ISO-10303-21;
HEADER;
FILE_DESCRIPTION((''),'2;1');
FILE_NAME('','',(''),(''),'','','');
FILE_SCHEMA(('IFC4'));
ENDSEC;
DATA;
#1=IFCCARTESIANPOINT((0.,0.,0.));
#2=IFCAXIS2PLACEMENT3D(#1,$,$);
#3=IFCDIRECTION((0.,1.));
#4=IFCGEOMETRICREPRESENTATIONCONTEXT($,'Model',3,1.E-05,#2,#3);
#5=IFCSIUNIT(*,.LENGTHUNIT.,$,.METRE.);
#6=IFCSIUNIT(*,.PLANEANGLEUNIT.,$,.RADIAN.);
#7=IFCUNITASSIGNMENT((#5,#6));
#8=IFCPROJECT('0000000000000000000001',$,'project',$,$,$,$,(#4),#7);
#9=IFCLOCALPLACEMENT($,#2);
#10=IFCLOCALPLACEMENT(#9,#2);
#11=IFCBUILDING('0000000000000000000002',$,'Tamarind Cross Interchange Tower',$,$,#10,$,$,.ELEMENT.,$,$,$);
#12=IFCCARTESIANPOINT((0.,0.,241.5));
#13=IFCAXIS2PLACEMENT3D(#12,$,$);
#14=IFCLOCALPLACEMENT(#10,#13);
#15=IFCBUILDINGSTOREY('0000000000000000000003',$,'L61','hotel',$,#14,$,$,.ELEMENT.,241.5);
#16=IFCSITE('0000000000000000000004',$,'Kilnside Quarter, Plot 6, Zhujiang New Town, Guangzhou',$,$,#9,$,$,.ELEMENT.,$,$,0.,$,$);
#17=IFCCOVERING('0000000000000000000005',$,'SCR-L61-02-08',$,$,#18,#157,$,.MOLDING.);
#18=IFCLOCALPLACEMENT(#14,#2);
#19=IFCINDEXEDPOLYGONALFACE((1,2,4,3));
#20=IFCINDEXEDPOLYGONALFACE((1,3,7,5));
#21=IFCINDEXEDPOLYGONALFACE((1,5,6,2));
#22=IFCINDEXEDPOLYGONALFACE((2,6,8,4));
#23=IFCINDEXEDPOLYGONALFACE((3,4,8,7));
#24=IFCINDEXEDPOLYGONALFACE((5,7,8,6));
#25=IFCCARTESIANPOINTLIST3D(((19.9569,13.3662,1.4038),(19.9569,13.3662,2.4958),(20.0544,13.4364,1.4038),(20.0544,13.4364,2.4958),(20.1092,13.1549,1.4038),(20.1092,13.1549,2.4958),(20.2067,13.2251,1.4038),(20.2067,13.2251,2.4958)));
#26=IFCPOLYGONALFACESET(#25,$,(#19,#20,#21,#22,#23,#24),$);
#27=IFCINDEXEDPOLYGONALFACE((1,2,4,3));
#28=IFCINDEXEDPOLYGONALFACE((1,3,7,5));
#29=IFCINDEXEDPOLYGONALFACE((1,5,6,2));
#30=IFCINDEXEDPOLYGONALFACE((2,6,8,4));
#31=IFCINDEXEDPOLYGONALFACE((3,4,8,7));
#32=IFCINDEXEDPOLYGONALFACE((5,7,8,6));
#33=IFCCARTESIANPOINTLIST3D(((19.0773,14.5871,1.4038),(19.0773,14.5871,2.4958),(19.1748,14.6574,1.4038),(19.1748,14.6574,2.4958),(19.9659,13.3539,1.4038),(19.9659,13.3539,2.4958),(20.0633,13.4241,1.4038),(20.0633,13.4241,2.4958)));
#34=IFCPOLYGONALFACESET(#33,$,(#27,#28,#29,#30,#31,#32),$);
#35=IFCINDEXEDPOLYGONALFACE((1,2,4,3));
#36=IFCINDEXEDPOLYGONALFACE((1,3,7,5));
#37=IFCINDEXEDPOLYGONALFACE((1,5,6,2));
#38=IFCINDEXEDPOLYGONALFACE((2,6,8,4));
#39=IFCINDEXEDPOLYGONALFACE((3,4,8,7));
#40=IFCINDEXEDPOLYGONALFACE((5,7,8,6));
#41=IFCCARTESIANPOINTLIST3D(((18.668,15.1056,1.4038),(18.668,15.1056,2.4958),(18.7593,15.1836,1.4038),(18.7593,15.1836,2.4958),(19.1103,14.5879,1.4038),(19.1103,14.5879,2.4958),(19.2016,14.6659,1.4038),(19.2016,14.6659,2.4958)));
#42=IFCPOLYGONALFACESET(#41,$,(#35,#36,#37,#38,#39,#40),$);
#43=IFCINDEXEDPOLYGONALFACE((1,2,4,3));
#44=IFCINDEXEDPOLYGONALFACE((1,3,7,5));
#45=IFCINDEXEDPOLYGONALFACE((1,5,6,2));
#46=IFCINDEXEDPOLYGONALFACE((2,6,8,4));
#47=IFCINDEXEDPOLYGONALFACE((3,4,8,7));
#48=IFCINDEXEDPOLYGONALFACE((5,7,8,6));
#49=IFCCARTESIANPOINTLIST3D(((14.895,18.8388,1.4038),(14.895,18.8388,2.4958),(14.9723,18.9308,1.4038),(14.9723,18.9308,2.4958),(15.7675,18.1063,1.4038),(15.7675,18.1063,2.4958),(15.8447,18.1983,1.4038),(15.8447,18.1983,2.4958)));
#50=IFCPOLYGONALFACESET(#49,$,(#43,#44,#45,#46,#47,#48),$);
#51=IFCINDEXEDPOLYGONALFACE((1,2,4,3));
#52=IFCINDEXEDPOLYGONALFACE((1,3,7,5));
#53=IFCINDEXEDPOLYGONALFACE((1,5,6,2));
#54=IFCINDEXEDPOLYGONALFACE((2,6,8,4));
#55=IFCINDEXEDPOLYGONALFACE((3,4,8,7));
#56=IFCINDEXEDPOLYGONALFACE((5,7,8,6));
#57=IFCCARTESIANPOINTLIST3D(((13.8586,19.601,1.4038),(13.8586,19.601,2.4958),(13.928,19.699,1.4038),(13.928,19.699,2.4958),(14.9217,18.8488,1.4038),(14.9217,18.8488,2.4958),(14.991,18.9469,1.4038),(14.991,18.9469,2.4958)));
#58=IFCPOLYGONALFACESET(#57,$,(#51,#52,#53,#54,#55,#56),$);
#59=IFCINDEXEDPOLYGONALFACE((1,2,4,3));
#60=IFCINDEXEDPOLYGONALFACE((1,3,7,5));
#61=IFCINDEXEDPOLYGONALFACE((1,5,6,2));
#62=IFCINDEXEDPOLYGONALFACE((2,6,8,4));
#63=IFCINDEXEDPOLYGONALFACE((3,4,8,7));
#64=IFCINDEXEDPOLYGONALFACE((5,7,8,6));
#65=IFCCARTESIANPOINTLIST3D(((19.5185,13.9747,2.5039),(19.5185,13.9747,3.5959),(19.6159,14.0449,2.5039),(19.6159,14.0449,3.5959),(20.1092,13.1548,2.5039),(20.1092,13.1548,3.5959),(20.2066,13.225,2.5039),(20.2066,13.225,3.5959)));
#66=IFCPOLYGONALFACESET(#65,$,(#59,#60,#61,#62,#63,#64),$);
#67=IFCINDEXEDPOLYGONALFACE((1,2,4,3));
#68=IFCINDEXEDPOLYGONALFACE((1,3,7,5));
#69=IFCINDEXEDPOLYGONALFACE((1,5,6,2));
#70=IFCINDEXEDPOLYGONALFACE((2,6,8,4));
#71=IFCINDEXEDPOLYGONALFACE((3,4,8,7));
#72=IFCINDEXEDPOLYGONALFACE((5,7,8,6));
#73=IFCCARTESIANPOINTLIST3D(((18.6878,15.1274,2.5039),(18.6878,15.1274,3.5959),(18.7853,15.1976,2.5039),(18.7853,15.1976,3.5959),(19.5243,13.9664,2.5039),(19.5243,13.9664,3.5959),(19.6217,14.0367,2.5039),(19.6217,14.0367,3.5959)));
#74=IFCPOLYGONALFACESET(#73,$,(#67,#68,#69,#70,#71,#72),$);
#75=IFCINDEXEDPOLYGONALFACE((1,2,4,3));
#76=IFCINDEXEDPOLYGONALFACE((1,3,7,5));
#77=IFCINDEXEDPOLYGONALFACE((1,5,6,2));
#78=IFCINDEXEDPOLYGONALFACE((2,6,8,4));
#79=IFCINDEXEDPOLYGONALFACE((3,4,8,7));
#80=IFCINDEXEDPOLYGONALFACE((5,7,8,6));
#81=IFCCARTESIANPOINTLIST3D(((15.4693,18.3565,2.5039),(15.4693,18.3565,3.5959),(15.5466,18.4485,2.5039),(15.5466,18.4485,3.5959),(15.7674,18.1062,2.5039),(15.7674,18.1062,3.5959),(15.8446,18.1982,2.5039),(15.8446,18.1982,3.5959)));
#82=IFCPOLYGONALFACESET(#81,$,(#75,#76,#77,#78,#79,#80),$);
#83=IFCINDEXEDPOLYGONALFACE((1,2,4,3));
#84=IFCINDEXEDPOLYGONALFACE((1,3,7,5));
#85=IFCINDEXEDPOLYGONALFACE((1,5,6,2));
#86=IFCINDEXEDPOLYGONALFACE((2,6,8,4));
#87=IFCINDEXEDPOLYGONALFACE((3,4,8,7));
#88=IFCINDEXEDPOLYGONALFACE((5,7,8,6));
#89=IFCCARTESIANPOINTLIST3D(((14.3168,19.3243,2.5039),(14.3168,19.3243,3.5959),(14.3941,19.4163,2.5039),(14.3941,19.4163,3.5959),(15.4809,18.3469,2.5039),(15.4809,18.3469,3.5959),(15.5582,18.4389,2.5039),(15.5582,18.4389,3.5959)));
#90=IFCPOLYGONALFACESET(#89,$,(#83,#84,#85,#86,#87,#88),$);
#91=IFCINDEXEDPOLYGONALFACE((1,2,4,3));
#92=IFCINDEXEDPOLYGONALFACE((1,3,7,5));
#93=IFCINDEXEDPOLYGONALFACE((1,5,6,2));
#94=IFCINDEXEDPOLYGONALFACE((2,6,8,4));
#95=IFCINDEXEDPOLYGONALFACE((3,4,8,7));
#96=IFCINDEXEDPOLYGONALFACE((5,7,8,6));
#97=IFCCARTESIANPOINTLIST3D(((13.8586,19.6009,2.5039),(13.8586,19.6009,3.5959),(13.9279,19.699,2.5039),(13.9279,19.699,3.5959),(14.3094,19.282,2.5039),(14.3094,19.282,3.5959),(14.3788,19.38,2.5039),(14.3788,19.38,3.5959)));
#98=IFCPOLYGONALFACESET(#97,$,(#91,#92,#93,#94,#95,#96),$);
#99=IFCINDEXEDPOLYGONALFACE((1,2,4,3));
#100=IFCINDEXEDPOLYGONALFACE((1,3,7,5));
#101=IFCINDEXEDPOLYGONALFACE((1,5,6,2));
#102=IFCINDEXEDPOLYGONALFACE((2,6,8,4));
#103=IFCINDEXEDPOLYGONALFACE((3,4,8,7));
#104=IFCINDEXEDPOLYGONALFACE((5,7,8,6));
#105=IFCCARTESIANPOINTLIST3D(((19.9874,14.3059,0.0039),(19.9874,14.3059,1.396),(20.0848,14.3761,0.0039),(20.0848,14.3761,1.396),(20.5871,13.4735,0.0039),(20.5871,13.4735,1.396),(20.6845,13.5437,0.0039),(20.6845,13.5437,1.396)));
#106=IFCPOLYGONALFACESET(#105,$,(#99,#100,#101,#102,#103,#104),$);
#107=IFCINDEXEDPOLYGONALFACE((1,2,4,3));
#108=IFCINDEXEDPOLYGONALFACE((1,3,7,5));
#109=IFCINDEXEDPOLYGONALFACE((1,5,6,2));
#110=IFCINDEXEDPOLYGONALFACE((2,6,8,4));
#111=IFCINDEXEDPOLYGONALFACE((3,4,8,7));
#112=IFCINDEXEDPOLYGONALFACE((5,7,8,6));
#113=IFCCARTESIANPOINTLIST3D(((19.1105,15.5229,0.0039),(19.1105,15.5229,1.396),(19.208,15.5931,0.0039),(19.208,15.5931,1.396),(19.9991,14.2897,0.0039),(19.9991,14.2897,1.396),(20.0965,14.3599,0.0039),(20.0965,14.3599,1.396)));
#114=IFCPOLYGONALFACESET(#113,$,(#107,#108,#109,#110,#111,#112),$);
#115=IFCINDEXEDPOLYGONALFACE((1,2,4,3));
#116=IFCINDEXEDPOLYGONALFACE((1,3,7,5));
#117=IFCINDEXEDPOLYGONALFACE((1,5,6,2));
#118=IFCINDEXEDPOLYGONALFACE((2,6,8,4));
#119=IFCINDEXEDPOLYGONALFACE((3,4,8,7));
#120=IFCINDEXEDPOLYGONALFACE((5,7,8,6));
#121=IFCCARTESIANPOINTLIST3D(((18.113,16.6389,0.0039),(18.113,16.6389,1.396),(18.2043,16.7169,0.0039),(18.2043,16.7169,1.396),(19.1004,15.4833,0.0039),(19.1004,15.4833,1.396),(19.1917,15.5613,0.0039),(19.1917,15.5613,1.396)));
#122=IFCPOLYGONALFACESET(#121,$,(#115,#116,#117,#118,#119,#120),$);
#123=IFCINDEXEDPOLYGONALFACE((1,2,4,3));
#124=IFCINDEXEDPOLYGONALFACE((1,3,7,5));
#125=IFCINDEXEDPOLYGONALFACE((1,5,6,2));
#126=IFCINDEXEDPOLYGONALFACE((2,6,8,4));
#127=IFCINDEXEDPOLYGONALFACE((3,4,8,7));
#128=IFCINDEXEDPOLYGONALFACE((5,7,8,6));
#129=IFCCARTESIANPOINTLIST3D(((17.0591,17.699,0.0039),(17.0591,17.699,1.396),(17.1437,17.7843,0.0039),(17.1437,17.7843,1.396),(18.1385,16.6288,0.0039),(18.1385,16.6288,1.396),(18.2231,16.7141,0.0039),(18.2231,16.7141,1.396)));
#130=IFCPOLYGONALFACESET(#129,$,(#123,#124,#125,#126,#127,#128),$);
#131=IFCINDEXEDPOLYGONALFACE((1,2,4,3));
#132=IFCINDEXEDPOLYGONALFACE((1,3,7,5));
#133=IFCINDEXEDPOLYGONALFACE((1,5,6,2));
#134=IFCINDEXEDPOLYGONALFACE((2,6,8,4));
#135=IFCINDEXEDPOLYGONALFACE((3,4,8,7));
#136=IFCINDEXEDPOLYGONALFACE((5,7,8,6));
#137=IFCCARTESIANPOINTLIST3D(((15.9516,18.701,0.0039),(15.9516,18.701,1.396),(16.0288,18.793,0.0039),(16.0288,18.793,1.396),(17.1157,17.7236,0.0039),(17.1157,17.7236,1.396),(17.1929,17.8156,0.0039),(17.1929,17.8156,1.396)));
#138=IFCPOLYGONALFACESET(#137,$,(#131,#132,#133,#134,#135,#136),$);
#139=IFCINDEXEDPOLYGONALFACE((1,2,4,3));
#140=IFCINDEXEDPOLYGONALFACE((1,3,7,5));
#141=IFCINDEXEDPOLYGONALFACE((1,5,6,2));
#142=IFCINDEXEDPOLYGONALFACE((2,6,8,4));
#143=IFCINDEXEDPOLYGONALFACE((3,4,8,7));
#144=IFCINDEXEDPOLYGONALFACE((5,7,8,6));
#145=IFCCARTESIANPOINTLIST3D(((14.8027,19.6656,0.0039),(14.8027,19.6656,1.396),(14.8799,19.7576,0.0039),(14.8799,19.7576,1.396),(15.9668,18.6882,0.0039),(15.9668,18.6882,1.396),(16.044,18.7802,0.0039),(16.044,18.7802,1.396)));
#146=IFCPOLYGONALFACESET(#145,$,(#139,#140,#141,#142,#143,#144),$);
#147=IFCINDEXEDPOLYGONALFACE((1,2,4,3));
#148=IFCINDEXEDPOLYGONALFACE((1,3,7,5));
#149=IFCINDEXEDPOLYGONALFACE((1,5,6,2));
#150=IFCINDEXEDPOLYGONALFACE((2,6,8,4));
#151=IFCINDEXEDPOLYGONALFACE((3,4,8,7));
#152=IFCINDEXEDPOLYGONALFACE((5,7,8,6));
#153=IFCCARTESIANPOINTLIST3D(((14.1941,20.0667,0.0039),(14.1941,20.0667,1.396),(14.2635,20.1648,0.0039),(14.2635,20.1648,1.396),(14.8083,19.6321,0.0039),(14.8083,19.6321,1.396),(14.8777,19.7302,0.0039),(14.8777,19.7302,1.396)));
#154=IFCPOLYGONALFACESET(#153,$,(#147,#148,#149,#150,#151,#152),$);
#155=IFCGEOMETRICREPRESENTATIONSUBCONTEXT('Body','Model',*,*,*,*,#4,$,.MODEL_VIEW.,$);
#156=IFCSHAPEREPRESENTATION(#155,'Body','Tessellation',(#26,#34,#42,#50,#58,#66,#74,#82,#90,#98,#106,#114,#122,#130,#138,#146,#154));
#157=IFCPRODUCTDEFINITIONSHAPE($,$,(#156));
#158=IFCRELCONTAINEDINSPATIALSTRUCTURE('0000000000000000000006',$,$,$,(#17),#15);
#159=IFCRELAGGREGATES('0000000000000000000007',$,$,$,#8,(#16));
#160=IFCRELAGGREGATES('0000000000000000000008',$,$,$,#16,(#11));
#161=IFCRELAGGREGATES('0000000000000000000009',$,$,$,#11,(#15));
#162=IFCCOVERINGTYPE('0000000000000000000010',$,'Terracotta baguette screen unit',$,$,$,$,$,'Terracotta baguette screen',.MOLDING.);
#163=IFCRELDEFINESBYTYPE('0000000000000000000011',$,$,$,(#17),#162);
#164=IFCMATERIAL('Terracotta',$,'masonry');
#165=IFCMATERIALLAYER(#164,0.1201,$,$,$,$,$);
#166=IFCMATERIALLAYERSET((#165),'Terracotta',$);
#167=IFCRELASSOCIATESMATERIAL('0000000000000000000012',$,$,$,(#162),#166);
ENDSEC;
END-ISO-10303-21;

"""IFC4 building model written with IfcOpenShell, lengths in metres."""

from ifc_helpers import new_model, si_unit, direction, frame, origin, origin_2d, place, context, subcontext, project, spatial, rectangle, extrude, material, layer, layer_set, type_object, element, save


model = new_model("IFC4")

# Units and contexts
model_context = context("Model", 3, precision=1e-05, world=origin(), true_north=direction((0.0, 1.0)))
body_context = subcontext(model_context, "Body", "Model", "MODEL_VIEW")
ifc_project = project(units=[si_unit("LENGTHUNIT", "METRE"), si_unit("PLANEANGLEUNIT", "RADIAN")], contexts=[model_context])

# Site, building, storey
site_placement = place(None, origin())
site = spatial("IfcSite", under=ifc_project, at=site_placement, Name="Kilnside Quarter, Plot 6, Zhujiang New Town, Guangzhou", CompositionType="ELEMENT", RefElevation=0.0)
building_placement = place(site_placement, origin())
building = spatial("IfcBuilding", under=site, at=building_placement, Name="Tamarind Cross Interchange Tower", CompositionType="ELEMENT")
storey_placement = place(building_placement, frame((0.0, 0.0, 241.5)))
storey = spatial("IfcBuildingStorey", under=building, at=storey_placement, Name="L61", Description="hotel", CompositionType="ELEMENT", Elevation=241.5)

# Covering
ifc_material_1 = material(Name="Terracotta", Category="masonry")
ifc_layer_1 = layer(ifc_material_1, 0.1201)
ifc_layer_set_1 = layer_set([ifc_layer_1], Name="Terracotta")
covering_type = type_object("IfcCoveringType", Name="Terracotta baguette screen unit", ElementType="Terracotta baguette screen", PredefinedType="MOLDING", material=ifc_layer_set_1)
covering_1_placement = place(storey_placement, origin())
element("IfcCovering", 1, at=covering_1_placement, inside=storey, type_object=covering_type, Name="SCR-L61-02-08", PredefinedType="MOLDING", context=body_context, shape_type="SweptSolid", body=[
    extrude(rectangle(XDim=0.2605, YDim=0.1201, at=origin_2d()), frame((20.0818, 13.2957, 1.4038), z_axis=(0.0, 0.0, 1.0), x_axis=(-0.584574, 0.81134, 0.0)), (0.0, 0.0, 1.0), 1.092),
    extrude(rectangle(XDim=1.52, YDim=0.1201, at=origin_2d()), frame((19.5703, 14.0056, 1.4038), z_axis=(0.0, 0.0, 1.0), x_axis=(-0.584574, 0.81134, 0.0)), (0.0, 0.0, 1.0), 1.092),
    extrude(rectangle(XDim=0.6809, YDim=0.1201, at=origin_2d()), frame((18.9348, 14.8857, 1.4038), z_axis=(0.0, 0.0, 1.0), x_axis=(-0.649577, 0.760296, 0.0)), (0.0, 0.0, 1.0), 1.092),
    extrude(rectangle(XDim=1.1392, YDim=0.1201, at=origin_2d()), frame((15.3699, 18.5186, 1.4038), z_axis=(0.0, 0.0, 1.0), x_axis=(-0.765858, 0.643009, 0.0)), (0.0, 0.0, 1.0), 1.092),
    extrude(rectangle(XDim=1.3022, YDim=0.1201, at=origin_2d()), frame((14.4248, 19.2739, 1.4038), z_axis=(0.0, 0.0, 1.0), x_axis=(-0.816342, 0.577569, 0.0)), (0.0, 0.0, 1.0), 1.092),
    extrude(rectangle(XDim=1.0105, YDim=0.1201, at=origin_2d()), frame((19.8625, 13.5999, 2.5039), z_axis=(0.0, 0.0, 1.0), x_axis=(-0.584574, 0.81134, 0.0)), (0.0, 0.0, 1.0), 1.092),
    extrude(rectangle(XDim=1.4309, YDim=0.1201, at=origin_2d()), frame((19.1548, 14.582, 2.5039), z_axis=(0.0, 0.0, 1.0), x_axis=(-0.584574, 0.81134, 0.0)), (0.0, 0.0, 1.0), 1.092),
    extrude(rectangle(XDim=0.3892, YDim=0.1201, at=origin_2d()), frame((15.657, 18.2773, 2.5039), z_axis=(0.0, 0.0, 1.0), x_axis=(-0.765858, 0.643009, 0.0)), (0.0, 0.0, 1.0), 1.092),
    extrude(rectangle(XDim=1.52, YDim=0.1201, at=origin_2d()), frame((14.9375, 18.8816, 2.5039), z_axis=(0.0, 0.0, 1.0), x_axis=(-0.765858, 0.643009, 0.0)), (0.0, 0.0, 1.0), 1.092),
    extrude(rectangle(XDim=0.5522, YDim=0.1201, at=origin_2d()), frame((14.1187, 19.4905, 2.5039), z_axis=(0.0, 0.0, 1.0), x_axis=(-0.816342, 0.577569, 0.0)), (0.0, 0.0, 1.0), 1.092),
    extrude(rectangle(XDim=1.0259, YDim=0.1201, at=origin_2d()), frame((20.3359, 13.9248, 0.0039), z_axis=(0.0, 0.0, 1.0), x_axis=(-0.584574, 0.81134, 0.0)), (0.0, 0.0, 1.0), 1.3921),
    extrude(rectangle(XDim=1.52, YDim=0.1201, at=origin_2d()), frame((19.6035, 14.9414, 0.0039), z_axis=(0.0, 0.0, 1.0), x_axis=(-0.584574, 0.81134, 0.0)), (0.0, 0.0, 1.0), 1.3921),
    extrude(rectangle(XDim=1.52, YDim=0.1201, at=origin_2d()), frame((18.6523, 16.1001, 0.0039), z_axis=(0.0, 0.0, 1.0), x_axis=(-0.649577, 0.760296, 0.0)), (0.0, 0.0, 1.0), 1.3921),
    extrude(rectangle(XDim=1.52, YDim=0.1201, at=origin_2d()), frame((17.6411, 17.2065, 0.0039), z_axis=(0.0, 0.0, 1.0), x_axis=(-0.710143, 0.704057, 0.0)), (0.0, 0.0, 1.0), 1.3921),
    extrude(rectangle(XDim=1.52, YDim=0.1201, at=origin_2d()), frame((16.5723, 18.2583, 0.0039), z_axis=(0.0, 0.0, 1.0), x_axis=(-0.765858, 0.643009, 0.0)), (0.0, 0.0, 1.0), 1.3921),
    extrude(rectangle(XDim=1.52, YDim=0.1201, at=origin_2d()), frame((15.4233, 19.2229, 0.0039), z_axis=(0.0, 0.0, 1.0), x_axis=(-0.765858, 0.643009, 0.0)), (0.0, 0.0, 1.0), 1.3921),
    extrude(rectangle(XDim=0.7524, YDim=0.1201, at=origin_2d()), frame((14.5359, 19.8984, 0.0039), z_axis=(0.0, 0.0, 1.0), x_axis=(-0.816342, 0.577569, 0.0)), (0.0, 0.0, 1.0), 1.3921),
])

save(model, "model.ifc")
